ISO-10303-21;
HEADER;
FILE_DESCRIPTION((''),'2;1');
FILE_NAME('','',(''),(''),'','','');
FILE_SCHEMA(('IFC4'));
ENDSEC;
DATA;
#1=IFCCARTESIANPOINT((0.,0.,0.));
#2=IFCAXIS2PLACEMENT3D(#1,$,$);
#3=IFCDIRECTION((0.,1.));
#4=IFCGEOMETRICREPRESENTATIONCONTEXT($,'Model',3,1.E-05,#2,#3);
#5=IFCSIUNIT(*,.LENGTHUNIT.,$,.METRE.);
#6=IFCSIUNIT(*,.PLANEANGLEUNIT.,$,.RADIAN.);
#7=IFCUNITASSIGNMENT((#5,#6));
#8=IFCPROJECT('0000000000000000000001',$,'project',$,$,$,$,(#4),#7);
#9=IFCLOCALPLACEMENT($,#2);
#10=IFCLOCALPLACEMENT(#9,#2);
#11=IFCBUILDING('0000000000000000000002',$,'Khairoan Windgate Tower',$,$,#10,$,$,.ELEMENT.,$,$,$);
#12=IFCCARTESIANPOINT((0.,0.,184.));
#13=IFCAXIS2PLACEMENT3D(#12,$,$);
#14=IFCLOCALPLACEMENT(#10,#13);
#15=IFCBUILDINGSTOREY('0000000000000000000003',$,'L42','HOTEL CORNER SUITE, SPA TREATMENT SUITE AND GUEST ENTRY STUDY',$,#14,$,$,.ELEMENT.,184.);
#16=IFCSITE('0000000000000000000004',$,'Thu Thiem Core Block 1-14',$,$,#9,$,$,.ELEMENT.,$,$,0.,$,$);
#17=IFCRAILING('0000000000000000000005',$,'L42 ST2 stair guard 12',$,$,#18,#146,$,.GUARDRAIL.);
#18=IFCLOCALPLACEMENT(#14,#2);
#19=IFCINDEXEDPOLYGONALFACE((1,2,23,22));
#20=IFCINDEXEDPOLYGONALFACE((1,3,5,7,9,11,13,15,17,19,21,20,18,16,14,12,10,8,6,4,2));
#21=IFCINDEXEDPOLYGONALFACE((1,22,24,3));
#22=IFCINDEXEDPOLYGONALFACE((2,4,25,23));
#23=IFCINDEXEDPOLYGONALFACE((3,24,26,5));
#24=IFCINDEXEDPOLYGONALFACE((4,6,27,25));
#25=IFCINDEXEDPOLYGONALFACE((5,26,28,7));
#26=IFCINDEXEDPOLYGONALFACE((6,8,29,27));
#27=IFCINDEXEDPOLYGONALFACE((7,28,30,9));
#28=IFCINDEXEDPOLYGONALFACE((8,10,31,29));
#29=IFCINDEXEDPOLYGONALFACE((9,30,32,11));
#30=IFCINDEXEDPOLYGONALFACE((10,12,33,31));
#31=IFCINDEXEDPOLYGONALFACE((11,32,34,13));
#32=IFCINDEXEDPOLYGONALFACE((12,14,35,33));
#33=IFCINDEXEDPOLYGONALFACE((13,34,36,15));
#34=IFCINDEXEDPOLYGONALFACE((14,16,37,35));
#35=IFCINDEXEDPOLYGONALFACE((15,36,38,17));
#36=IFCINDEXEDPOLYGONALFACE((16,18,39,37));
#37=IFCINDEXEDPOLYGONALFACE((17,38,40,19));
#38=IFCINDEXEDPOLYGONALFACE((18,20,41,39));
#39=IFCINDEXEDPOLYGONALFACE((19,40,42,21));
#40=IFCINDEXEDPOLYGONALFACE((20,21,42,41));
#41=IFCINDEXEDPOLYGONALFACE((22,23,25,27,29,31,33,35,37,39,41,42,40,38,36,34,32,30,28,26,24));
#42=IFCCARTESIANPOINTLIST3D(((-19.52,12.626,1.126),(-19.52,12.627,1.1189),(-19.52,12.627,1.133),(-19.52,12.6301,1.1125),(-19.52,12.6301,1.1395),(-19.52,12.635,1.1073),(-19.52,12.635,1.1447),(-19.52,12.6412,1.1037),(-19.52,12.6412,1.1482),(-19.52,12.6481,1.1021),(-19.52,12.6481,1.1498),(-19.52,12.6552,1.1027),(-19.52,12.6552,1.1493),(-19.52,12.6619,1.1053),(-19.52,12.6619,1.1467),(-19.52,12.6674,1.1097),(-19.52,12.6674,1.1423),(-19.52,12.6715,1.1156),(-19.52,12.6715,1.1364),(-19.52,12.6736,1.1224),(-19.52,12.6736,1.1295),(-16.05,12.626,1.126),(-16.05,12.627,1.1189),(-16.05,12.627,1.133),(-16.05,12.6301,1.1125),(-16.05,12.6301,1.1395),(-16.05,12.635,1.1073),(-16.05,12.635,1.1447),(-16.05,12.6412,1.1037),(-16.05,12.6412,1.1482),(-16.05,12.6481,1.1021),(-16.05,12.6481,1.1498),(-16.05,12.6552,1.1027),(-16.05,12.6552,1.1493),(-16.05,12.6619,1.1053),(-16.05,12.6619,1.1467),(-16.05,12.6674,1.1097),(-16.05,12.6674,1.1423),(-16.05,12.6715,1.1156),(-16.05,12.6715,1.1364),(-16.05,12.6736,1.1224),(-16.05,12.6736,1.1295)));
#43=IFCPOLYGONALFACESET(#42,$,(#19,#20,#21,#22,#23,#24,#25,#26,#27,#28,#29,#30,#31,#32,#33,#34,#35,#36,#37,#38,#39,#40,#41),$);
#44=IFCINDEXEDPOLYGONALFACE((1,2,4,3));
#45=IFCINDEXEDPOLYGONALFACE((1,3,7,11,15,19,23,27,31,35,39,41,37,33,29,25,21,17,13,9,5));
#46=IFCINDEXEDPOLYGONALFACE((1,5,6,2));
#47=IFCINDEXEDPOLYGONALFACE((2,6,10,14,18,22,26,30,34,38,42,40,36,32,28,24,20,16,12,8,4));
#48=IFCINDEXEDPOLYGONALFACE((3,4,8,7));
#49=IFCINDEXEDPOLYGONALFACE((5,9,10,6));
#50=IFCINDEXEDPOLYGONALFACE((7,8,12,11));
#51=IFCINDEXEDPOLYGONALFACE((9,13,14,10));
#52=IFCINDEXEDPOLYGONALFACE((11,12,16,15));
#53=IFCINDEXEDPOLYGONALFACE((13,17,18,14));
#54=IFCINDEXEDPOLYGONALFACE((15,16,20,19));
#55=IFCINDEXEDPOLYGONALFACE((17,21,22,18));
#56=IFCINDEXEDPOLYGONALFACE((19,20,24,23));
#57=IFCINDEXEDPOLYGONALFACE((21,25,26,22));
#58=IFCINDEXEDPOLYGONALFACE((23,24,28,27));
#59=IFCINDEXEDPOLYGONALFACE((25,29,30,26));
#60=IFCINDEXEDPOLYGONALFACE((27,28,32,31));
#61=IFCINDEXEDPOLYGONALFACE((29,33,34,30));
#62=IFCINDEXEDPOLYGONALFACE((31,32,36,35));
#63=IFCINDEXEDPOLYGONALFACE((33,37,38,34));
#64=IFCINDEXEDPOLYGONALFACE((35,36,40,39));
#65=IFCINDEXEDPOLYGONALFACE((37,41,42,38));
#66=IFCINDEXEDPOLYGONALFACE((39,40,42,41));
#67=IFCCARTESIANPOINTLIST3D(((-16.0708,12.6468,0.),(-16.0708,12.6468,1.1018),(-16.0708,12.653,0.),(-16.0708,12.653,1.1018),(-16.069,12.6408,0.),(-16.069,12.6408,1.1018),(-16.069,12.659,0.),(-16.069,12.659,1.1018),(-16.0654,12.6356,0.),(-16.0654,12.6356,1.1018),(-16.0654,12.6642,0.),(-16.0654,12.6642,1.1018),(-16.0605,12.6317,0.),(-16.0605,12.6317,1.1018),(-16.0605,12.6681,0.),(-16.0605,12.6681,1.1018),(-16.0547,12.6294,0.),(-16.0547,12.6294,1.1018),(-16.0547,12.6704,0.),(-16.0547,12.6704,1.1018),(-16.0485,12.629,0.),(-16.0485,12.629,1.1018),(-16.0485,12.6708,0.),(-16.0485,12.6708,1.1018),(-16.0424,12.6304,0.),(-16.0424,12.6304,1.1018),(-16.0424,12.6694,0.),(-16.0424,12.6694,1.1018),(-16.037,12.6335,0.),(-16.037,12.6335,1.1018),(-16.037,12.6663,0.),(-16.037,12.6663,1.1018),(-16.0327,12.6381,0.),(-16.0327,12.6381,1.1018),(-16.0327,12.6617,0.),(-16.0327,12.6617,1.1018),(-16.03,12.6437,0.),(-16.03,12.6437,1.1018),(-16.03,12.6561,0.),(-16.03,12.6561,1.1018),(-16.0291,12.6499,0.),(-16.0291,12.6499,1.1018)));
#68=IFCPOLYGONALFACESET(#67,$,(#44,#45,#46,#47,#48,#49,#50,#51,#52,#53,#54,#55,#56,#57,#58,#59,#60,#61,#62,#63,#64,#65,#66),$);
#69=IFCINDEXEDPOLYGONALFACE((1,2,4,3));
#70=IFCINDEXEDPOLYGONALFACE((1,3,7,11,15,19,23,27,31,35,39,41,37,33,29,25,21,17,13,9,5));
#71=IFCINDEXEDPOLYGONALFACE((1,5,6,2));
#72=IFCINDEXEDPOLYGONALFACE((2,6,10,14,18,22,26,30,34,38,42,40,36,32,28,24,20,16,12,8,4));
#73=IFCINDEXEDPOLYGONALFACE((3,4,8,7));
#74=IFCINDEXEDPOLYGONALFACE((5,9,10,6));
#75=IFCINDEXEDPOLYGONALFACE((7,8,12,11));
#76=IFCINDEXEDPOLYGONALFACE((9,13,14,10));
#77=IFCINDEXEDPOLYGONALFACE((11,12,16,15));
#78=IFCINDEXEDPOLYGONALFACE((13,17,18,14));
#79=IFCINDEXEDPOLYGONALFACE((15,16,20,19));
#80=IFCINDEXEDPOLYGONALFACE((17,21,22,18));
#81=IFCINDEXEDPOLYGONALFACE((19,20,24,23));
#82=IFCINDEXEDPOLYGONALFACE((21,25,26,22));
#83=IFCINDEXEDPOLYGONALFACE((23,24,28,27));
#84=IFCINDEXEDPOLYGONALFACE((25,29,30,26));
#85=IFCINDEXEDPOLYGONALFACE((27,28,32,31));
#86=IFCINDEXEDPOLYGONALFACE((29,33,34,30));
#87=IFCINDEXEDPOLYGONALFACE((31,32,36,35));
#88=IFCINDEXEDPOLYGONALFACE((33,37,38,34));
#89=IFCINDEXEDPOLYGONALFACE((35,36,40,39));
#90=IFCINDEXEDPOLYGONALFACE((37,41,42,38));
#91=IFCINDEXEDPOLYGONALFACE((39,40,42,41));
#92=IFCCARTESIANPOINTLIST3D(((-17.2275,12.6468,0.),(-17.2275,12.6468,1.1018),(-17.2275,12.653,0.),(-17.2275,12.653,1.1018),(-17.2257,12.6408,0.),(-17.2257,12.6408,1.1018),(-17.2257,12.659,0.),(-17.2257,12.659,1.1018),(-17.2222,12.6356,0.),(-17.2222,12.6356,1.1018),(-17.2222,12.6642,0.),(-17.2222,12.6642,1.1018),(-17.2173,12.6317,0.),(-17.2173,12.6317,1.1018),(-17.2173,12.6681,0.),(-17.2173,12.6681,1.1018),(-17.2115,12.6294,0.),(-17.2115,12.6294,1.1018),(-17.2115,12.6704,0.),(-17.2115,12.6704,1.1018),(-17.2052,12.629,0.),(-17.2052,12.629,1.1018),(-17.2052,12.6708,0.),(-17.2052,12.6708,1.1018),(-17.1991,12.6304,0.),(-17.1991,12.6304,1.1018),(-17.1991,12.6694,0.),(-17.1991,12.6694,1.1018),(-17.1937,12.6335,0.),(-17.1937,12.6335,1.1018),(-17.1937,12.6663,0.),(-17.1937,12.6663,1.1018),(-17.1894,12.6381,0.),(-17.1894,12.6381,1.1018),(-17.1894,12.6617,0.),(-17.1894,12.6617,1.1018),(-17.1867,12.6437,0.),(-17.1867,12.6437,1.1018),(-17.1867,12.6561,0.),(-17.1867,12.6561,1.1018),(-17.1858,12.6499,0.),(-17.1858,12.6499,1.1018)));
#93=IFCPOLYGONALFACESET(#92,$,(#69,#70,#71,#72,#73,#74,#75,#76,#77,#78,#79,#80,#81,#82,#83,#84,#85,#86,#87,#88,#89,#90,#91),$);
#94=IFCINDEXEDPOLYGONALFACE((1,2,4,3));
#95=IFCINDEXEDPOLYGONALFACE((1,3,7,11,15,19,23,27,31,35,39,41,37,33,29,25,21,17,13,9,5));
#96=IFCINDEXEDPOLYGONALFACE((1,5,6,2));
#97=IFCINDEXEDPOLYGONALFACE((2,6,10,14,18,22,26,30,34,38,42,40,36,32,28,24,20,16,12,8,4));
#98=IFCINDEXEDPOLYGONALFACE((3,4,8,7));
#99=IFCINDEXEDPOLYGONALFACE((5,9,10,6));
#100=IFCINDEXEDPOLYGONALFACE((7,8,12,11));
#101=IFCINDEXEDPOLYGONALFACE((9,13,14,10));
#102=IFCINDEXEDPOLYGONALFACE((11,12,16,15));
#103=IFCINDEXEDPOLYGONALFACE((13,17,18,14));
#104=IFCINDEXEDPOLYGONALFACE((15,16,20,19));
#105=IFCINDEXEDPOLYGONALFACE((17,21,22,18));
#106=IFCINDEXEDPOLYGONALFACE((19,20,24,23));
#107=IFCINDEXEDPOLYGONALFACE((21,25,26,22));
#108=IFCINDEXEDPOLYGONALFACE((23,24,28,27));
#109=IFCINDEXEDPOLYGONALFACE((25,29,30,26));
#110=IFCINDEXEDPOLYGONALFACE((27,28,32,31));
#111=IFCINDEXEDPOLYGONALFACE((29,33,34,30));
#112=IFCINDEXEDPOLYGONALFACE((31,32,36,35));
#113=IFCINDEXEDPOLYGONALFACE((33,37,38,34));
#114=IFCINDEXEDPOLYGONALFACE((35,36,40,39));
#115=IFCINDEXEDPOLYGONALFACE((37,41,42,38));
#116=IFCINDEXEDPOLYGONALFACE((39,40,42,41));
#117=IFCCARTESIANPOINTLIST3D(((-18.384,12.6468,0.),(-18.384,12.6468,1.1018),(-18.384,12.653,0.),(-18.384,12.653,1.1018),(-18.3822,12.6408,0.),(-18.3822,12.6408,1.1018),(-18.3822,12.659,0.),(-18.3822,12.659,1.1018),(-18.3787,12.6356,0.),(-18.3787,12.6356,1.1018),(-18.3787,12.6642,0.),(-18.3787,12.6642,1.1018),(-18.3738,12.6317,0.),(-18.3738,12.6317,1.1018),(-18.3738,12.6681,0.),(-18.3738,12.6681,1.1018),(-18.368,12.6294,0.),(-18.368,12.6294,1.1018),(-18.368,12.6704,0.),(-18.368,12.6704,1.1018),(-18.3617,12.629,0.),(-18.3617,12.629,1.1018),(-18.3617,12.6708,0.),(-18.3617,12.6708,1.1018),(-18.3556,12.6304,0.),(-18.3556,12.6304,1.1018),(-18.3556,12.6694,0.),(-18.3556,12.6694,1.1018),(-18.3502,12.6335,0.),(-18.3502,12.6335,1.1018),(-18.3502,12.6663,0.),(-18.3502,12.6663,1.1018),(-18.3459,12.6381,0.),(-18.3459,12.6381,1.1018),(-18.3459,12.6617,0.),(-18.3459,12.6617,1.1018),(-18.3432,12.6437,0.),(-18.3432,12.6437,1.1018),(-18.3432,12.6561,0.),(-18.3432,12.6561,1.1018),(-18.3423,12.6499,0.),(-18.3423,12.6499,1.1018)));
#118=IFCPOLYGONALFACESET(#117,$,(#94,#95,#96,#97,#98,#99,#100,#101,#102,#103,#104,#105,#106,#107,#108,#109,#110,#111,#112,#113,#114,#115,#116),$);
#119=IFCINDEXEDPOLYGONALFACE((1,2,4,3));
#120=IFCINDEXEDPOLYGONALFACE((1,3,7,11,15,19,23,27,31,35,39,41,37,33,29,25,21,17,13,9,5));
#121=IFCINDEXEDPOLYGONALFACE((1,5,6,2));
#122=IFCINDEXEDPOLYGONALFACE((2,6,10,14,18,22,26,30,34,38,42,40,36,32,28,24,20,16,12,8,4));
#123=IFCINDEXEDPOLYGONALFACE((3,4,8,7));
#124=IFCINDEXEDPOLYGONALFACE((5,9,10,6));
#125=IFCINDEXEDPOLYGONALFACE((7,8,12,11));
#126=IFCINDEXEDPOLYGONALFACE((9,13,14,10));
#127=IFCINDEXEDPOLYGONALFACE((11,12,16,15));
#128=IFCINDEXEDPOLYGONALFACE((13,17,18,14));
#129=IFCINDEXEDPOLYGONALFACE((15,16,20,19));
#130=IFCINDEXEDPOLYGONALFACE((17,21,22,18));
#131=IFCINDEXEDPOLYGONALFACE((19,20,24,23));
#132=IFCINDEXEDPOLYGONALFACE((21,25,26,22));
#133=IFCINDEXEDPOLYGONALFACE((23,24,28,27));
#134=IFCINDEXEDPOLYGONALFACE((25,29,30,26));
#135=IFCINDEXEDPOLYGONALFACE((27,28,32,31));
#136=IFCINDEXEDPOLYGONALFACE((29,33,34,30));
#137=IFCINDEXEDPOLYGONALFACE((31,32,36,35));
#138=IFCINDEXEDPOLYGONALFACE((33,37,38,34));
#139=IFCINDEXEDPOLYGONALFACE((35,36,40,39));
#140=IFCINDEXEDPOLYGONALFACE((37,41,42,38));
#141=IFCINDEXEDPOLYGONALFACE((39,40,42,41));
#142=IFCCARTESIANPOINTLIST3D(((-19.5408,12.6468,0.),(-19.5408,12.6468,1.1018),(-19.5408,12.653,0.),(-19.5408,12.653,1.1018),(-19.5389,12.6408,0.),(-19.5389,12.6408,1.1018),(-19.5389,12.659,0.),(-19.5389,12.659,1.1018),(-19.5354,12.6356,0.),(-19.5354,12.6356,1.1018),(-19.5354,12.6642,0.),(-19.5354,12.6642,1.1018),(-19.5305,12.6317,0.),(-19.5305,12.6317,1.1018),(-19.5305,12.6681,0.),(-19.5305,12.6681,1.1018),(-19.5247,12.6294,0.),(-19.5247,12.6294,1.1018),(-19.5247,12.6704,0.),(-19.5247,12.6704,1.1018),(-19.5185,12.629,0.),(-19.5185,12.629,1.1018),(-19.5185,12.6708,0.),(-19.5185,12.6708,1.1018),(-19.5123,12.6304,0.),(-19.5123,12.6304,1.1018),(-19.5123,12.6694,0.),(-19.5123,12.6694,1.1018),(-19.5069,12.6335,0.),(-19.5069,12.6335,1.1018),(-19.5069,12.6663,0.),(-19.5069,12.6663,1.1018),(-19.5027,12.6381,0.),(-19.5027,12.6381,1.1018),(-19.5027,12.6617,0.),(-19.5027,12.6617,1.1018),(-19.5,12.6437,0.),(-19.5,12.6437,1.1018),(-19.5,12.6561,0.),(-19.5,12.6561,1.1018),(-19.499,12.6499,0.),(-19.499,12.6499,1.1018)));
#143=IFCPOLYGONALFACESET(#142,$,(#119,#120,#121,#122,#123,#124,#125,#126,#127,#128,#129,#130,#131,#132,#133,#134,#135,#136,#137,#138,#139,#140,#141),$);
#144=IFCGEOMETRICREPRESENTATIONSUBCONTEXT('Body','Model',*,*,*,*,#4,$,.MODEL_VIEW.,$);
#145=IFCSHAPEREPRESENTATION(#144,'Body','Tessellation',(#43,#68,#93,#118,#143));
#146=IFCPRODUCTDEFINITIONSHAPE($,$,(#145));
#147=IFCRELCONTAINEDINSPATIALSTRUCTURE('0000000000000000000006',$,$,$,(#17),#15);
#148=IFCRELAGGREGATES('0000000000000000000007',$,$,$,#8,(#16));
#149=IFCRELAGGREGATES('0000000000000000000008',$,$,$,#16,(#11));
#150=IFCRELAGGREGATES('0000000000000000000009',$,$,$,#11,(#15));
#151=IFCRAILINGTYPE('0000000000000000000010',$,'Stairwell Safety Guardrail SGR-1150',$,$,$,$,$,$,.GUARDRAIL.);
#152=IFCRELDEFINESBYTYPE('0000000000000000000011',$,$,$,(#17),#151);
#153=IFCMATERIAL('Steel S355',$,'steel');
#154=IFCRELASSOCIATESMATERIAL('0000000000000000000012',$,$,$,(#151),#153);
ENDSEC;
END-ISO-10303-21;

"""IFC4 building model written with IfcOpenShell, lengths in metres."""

from ifc_helpers import new_model, si_unit, direction, frame, origin, origin_2d, place, context, subcontext, project, spatial, circle, extrude, material, type_object, element, save


model = new_model("IFC4")

# Units and contexts
model_context = context("Model", 3, precision=1e-05, world=origin(), true_north=direction((0.0, 1.0)))
body_context = subcontext(model_context, "Body", "Model", "MODEL_VIEW")
ifc_project = project(units=[si_unit("LENGTHUNIT", "METRE"), si_unit("PLANEANGLEUNIT", "RADIAN")], contexts=[model_context])

# Site, building, storey
site_placement = place(None, origin())
site = spatial("IfcSite", under=ifc_project, at=site_placement, Name="Thu Thiem Core Block 1-14", CompositionType="ELEMENT", RefElevation=0.0)
building_placement = place(site_placement, origin())
building = spatial("IfcBuilding", under=site, at=building_placement, Name="Khairoan Windgate Tower", CompositionType="ELEMENT")
storey_placement = place(building_placement, frame((0.0, 0.0, 184.0)))
storey = spatial("IfcBuildingStorey", under=building, at=storey_placement, Name="L42", Description="HOTEL CORNER SUITE, SPA TREATMENT SUITE AND GUEST ENTRY STUDY", CompositionType="ELEMENT", Elevation=184.0)

# Railing
ifc_material_1 = material(Name="Steel S355", Category="steel")
railing_type = type_object("IfcRailingType", Name="Stairwell Safety Guardrail SGR-1150", PredefinedType="GUARDRAIL", material=ifc_material_1)
railing_1_placement = place(storey_placement, frame((-16.05, 12.6499, 0.0)))
element("IfcRailing", 1, at=railing_1_placement, inside=storey, type_object=railing_type, Name="L42 ST2 stair guard 12", PredefinedType="GUARDRAIL", context=body_context, shape_type="SweptSolid", body=[
    extrude(circle(Radius=0.0239, at=origin_2d()), frame((0.0, 0.0, 1.126), z_axis=(-1.0, 0.0, 0.0), x_axis=(0.0, -1.0, 0.0)), (0.0, 0.0, 1.0), 3.47),
    extrude(circle(Radius=0.021, at=origin_2d()), origin(), (0.0, 0.0, 1.0), 1.1018),
    extrude(circle(Radius=0.021, at=origin_2d()), frame((-1.1567, 0.0, 0.0)), (0.0, 0.0, 1.0), 1.1018),
    extrude(circle(Radius=0.021, at=origin_2d()), frame((-2.3132, 0.0, 0.0)), (0.0, 0.0, 1.0), 1.1018),
    extrude(circle(Radius=0.021, at=origin_2d()), frame((-3.47, 0.0, 0.0)), (0.0, 0.0, 1.0), 1.1018),
])

save(model, "model.ifc")
